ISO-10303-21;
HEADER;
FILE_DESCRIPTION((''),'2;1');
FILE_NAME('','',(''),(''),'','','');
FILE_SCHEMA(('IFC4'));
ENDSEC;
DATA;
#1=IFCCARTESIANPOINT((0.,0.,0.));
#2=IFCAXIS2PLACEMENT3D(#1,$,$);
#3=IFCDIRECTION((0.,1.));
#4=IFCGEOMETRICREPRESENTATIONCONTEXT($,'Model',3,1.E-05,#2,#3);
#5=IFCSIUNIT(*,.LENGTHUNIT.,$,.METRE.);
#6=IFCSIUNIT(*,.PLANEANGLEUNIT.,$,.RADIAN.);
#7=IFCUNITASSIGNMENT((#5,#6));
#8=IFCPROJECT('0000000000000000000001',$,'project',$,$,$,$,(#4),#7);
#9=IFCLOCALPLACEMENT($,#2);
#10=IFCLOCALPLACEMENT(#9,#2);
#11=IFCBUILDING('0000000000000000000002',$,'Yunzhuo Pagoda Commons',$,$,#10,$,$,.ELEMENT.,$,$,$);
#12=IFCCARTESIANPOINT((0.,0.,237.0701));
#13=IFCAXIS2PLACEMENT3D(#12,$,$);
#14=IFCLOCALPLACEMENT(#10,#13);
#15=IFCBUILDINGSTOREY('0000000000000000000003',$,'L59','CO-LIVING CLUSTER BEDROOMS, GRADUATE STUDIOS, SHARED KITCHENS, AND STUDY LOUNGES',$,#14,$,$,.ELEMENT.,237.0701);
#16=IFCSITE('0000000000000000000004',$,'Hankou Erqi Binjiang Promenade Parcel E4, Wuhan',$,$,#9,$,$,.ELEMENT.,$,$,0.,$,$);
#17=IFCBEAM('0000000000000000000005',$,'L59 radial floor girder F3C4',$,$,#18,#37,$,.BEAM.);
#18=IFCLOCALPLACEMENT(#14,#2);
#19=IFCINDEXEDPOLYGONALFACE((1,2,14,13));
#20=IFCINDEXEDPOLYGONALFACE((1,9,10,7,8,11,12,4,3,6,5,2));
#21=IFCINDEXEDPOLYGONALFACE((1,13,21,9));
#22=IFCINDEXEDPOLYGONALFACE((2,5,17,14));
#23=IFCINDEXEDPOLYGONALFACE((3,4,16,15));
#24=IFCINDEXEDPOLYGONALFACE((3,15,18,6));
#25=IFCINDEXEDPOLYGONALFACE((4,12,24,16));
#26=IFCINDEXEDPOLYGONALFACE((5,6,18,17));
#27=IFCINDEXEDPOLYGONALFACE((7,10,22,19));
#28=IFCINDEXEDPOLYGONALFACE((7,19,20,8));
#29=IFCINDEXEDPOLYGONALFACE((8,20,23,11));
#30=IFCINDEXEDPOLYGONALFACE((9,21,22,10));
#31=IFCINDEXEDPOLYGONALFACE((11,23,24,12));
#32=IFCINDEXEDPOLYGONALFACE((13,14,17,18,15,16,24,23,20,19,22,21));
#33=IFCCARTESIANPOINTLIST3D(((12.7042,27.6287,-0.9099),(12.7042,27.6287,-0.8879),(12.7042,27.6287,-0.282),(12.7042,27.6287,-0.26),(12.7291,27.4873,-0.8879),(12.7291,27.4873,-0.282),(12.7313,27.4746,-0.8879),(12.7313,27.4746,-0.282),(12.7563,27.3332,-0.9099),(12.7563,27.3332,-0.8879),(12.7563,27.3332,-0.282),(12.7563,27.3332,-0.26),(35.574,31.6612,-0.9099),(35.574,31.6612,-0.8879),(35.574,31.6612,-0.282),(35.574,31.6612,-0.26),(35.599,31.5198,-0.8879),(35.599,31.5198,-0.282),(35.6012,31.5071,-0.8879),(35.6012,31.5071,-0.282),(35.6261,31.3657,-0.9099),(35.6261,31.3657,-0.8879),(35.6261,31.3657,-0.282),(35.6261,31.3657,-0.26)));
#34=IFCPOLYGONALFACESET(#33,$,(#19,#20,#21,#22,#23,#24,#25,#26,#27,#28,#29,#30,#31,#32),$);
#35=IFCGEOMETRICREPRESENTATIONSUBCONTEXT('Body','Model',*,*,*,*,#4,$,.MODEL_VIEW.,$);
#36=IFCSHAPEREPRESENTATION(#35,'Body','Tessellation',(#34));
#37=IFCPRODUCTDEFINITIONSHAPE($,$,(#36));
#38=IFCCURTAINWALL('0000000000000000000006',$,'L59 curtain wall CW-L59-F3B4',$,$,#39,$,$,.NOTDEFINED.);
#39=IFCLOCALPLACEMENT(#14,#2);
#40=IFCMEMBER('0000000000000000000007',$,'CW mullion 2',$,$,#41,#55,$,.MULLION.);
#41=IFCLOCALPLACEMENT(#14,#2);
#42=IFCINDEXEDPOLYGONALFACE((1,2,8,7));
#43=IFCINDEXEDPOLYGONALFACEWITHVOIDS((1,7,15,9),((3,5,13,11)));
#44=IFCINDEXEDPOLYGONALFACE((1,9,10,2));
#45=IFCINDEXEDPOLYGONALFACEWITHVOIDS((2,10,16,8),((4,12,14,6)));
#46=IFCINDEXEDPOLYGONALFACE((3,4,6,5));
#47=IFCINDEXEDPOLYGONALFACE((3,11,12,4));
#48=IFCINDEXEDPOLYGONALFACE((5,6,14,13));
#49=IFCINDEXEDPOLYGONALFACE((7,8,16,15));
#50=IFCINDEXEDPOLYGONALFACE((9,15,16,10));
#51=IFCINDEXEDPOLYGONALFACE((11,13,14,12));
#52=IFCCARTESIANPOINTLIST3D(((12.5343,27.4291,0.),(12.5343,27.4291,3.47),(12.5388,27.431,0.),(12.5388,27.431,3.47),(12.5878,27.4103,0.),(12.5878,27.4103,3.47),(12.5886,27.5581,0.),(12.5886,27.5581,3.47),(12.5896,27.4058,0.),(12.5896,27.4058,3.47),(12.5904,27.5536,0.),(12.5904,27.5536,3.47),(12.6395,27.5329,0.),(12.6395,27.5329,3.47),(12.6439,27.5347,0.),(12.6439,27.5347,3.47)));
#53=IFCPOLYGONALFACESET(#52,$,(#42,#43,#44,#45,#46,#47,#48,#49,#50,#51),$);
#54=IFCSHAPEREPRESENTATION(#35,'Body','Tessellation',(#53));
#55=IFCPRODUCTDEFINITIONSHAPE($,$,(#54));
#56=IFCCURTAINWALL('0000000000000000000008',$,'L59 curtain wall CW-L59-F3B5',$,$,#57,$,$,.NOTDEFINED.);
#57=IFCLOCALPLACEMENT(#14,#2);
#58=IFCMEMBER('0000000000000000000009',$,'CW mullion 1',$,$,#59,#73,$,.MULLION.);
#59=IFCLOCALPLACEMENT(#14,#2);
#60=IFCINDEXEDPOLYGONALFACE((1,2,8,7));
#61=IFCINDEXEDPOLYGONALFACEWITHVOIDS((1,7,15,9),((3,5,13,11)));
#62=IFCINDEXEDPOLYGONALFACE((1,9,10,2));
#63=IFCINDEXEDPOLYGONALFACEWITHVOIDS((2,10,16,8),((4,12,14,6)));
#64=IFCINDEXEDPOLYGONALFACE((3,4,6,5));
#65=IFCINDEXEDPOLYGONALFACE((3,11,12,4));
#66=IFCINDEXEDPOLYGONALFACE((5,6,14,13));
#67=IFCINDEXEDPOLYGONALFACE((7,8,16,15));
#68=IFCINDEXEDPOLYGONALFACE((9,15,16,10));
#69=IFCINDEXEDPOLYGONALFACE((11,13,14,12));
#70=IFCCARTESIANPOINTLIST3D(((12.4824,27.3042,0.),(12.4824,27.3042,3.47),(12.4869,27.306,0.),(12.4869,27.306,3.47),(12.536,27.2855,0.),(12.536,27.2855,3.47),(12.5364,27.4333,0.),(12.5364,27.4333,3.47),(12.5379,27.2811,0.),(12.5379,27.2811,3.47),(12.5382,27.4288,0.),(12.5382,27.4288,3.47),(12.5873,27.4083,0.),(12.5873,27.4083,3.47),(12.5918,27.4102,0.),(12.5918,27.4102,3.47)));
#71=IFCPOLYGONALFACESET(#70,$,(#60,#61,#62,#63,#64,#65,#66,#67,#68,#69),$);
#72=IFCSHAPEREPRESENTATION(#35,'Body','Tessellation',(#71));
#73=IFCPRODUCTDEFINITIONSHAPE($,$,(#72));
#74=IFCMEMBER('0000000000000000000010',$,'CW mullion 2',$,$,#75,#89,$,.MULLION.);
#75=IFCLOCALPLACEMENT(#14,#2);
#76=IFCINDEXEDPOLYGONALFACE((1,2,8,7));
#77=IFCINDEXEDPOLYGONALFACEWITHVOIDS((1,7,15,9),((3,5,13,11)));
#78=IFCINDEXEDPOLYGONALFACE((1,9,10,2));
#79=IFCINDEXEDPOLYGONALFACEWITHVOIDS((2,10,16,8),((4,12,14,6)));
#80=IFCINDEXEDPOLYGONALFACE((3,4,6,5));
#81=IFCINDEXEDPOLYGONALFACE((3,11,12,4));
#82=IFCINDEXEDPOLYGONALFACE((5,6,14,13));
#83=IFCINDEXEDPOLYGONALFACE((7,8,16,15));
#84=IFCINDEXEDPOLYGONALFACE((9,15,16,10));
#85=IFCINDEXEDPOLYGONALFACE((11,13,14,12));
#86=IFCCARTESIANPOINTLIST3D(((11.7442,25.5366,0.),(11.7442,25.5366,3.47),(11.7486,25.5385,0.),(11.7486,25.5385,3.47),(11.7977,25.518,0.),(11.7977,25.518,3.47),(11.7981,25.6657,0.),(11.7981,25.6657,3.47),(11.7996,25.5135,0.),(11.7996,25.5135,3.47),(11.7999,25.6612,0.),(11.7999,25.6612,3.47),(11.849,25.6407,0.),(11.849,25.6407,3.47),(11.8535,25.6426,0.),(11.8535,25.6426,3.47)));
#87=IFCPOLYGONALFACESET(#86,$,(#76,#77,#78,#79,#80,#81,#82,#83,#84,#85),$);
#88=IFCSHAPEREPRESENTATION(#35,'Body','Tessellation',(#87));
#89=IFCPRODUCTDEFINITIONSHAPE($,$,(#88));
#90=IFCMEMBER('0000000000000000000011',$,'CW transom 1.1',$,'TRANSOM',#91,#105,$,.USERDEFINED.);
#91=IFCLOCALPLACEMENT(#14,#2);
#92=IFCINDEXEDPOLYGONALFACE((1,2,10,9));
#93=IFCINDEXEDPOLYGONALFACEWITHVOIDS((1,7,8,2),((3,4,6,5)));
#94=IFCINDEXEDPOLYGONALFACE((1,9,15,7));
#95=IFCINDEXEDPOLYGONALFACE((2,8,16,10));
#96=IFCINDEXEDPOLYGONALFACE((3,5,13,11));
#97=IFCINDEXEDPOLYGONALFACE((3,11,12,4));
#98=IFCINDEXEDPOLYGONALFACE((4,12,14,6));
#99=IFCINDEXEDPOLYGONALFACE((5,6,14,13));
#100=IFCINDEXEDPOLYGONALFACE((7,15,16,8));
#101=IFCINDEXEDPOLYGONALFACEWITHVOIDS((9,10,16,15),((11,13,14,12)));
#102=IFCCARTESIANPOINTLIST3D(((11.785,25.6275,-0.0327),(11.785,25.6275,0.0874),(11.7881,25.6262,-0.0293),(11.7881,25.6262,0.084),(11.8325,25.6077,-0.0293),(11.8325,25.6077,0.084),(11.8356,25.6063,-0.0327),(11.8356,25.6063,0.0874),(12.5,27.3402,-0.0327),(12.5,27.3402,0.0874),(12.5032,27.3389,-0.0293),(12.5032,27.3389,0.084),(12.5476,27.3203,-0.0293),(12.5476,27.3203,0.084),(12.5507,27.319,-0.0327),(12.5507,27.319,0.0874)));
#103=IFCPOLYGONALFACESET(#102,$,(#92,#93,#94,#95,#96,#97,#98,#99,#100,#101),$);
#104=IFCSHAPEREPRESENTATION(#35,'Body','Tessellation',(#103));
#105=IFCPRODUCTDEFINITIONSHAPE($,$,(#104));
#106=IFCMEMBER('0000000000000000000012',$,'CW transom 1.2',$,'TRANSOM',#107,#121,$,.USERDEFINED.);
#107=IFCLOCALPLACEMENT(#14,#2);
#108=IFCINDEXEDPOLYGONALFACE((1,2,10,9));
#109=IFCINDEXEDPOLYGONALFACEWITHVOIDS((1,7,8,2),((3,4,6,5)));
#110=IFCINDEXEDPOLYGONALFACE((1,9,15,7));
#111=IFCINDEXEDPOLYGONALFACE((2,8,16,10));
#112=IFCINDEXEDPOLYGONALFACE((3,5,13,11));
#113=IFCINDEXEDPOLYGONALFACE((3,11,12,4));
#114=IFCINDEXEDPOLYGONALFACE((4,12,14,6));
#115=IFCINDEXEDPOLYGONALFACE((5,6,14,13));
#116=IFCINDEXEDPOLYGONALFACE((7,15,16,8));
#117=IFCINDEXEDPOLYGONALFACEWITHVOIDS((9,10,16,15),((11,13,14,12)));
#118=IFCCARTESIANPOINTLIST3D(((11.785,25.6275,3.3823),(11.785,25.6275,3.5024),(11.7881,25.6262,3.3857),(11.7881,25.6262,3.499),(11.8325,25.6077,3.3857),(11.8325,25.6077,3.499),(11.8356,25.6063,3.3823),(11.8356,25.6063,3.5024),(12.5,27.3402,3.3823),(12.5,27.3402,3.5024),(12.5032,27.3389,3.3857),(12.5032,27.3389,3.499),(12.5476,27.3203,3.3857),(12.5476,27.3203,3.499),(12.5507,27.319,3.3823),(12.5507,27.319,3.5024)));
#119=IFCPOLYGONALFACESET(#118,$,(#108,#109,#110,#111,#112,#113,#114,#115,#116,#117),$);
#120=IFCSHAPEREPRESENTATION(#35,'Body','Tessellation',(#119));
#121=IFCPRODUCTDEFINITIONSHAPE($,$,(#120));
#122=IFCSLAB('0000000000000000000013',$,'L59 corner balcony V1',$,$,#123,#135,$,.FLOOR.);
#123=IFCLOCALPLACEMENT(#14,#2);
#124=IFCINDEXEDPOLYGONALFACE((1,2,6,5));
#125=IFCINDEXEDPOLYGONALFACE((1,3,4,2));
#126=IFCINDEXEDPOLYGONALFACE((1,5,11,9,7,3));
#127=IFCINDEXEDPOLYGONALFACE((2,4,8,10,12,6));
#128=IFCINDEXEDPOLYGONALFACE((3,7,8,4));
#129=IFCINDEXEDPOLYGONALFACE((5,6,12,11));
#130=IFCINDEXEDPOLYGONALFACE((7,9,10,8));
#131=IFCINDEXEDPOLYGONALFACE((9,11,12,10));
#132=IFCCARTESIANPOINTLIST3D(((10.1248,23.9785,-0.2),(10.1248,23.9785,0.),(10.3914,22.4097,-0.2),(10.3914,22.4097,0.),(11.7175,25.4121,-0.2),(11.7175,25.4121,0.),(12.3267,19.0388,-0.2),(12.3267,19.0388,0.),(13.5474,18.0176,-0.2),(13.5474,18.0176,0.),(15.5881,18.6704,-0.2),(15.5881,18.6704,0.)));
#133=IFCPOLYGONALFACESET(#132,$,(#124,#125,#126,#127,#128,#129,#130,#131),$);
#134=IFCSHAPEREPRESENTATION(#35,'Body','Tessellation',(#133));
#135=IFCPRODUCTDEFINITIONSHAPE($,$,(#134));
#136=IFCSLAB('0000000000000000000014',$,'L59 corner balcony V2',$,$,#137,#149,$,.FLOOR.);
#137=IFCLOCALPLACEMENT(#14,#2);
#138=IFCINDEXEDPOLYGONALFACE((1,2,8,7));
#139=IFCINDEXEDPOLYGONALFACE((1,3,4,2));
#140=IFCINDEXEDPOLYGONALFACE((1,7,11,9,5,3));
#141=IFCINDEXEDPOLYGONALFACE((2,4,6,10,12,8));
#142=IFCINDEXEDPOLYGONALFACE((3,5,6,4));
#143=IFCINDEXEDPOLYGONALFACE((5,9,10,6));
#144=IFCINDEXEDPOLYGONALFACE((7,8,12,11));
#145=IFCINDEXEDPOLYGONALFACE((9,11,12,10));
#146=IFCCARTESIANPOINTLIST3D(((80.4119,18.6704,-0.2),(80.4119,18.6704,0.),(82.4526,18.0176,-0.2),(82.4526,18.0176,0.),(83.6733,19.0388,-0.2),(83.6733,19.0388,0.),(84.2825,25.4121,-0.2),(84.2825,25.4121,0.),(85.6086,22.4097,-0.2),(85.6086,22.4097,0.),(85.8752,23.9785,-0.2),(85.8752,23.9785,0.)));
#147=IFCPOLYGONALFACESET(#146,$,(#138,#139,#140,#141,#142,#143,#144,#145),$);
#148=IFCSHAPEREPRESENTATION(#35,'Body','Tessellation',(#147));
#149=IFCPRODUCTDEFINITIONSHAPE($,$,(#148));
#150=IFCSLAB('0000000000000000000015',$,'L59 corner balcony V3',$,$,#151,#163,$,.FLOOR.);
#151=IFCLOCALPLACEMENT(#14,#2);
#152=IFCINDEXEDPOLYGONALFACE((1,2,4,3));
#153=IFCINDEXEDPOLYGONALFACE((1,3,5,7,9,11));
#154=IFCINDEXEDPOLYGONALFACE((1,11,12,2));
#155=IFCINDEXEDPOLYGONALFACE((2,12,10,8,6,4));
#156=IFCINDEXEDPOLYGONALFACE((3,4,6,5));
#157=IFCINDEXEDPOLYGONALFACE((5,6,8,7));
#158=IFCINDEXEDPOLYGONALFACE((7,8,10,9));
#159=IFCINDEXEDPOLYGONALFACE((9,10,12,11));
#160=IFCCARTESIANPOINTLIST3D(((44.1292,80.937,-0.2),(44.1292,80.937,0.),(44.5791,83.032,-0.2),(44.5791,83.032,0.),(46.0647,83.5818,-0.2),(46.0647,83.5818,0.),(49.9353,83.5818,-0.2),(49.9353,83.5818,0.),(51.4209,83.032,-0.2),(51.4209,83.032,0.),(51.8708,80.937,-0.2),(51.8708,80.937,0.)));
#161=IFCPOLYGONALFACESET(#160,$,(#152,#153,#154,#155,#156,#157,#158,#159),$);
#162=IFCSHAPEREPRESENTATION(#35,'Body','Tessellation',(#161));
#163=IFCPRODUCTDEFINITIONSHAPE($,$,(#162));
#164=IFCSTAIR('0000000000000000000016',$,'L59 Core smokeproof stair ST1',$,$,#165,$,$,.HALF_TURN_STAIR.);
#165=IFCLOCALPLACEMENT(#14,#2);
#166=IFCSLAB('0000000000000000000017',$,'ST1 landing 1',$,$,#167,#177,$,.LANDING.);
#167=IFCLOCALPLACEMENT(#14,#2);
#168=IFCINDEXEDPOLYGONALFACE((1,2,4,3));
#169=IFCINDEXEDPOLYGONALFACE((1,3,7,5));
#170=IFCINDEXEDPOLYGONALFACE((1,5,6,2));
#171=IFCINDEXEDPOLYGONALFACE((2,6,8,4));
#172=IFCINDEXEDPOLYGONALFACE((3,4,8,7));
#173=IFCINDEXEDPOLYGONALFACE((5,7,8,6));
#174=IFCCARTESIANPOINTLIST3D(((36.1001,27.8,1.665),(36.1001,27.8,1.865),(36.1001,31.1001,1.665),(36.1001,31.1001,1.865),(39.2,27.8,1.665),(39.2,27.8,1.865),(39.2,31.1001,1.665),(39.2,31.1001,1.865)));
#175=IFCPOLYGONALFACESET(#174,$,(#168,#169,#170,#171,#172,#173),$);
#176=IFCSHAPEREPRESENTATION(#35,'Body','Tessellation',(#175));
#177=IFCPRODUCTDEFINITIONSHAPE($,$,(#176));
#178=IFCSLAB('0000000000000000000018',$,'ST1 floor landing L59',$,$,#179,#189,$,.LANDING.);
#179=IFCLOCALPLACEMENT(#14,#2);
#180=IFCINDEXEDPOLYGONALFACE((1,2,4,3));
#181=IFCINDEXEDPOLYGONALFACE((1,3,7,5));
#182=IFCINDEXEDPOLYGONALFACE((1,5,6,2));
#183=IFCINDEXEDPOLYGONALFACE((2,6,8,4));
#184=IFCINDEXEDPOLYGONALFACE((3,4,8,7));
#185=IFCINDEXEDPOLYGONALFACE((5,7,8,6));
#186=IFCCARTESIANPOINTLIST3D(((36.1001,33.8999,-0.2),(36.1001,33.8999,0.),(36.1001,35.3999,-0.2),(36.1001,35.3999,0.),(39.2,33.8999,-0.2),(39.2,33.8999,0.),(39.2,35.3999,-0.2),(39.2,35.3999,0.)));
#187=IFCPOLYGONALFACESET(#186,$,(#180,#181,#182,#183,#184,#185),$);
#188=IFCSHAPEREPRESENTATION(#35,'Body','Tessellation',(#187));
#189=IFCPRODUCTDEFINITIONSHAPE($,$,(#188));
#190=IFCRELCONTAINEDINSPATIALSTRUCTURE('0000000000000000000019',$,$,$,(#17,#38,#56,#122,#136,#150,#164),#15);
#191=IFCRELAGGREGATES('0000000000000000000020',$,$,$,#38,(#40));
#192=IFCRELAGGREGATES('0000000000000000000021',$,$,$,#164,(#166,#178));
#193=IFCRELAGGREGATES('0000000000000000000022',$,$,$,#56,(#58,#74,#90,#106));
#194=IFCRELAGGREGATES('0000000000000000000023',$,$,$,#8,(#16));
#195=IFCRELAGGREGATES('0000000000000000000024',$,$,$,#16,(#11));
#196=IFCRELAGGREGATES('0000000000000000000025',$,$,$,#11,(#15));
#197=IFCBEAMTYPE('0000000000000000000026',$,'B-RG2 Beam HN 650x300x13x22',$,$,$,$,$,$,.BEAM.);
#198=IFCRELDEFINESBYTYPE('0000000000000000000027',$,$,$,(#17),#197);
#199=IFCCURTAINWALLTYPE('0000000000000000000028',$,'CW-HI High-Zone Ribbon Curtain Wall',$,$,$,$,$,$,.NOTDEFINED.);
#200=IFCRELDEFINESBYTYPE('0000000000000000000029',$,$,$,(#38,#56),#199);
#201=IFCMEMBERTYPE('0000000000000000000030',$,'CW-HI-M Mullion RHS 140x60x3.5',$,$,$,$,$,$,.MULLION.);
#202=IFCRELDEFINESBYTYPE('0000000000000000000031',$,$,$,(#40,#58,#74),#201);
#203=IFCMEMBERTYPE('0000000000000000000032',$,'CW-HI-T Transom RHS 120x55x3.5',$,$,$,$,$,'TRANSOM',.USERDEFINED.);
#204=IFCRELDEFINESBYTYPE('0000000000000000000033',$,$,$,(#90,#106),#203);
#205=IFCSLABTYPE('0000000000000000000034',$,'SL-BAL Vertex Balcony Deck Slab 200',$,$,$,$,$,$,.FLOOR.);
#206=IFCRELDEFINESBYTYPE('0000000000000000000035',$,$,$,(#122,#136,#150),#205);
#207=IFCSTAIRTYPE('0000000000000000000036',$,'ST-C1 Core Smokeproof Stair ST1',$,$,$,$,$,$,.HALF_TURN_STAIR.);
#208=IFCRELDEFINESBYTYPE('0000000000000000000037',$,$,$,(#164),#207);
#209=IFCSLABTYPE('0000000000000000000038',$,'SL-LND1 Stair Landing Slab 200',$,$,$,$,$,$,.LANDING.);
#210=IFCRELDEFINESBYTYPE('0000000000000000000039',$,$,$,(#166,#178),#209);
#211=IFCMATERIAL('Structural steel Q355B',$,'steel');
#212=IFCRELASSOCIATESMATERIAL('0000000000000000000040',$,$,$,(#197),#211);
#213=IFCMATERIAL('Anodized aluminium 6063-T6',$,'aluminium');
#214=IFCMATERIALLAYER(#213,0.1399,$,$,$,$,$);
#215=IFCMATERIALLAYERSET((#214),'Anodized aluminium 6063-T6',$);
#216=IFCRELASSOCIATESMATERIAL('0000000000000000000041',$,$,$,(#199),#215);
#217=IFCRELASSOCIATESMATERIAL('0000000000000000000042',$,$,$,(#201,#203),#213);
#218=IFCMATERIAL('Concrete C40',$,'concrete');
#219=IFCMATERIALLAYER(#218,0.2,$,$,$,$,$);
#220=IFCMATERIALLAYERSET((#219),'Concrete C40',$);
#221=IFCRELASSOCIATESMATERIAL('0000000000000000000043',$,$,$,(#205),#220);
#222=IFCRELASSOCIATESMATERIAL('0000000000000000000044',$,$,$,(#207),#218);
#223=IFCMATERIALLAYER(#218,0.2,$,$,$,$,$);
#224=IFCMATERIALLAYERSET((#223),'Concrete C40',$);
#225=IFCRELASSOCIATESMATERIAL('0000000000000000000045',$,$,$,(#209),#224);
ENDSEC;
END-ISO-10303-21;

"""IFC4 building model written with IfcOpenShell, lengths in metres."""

from ifc_helpers import new_model, si_unit, direction, frame, origin, origin_2d, place, context, subcontext, project, spatial, polyline, hollow_rectangle, i_section, outline, extrude, source, transform, mapped, material, layer, layer_set, material_profile, profile_set, type_object, element, aggregate, save


model = new_model("IFC4")

# Units and contexts
model_context = context("Model", 3, precision=1e-05, world=origin(), true_north=direction((0.0, 1.0)))
body_context = subcontext(model_context, "Body", "Model", "MODEL_VIEW")
ifc_project = project(units=[si_unit("LENGTHUNIT", "METRE"), si_unit("PLANEANGLEUNIT", "RADIAN")], contexts=[model_context])

# Site, building, storey
site_placement = place(None, origin())
site = spatial("IfcSite", under=ifc_project, at=site_placement, Name="Hankou Erqi Binjiang Promenade Parcel E4, Wuhan", CompositionType="ELEMENT", RefElevation=0.0)
building_placement = place(site_placement, origin())
building = spatial("IfcBuilding", under=site, at=building_placement, Name="Yunzhuo Pagoda Commons", CompositionType="ELEMENT")
storey_placement = place(building_placement, frame((0.0, 0.0, 237.0701)))
storey = spatial("IfcBuildingStorey", under=building, at=storey_placement, Name="L59", Description="CO-LIVING CLUSTER BEDROOMS, GRADUATE STUDIOS, SHARED KITCHENS, AND STUDY LOUNGES", CompositionType="ELEMENT", Elevation=237.0701)

# Beam
ifc_material_1 = material(Name="Structural steel Q355B", Category="steel")
ifc_material_profile_1 = material_profile(ifc_material_1, i_section(OverallWidth=0.3, OverallDepth=0.6499, WebThickness=0.0129, FlangeThickness=0.022, at=origin_2d()), Name="Structural steel Q355B")
ifc_profile_set_1 = profile_set([ifc_material_profile_1], Name="Structural steel Q355B")
beam_type = type_object("IfcBeamType", Name="B-RG2 Beam HN 650x300x13x22", PredefinedType="BEAM", material=ifc_profile_set_1)
shared_shape_1 = source(origin(), body_context, "Body", "SweptSolid", [
    extrude(i_section(OverallWidth=0.3, OverallDepth=0.6499, WebThickness=0.0129, FlangeThickness=0.022, at=origin_2d()), origin(), (0.0, 0.0, 1.0), 23.2227),
])
beam_placement = place(storey_placement, frame((12.7302, 27.481, -0.585), z_axis=(0.984809, 0.173644, 0.0), x_axis=(-0.173644, 0.984809, 0.0)))
element("IfcBeam", 1, at=beam_placement, inside=storey, type_object=beam_type, Name="L59 radial floor girder F3C4", PredefinedType="BEAM", context=body_context, shape_type="MappedRepresentation", body=[
    mapped(shared_shape_1, transform((0.0, 0.0, 0.0), scale=1.0)),
])

# Curtain wall, member
ifc_material_2 = material(Name="Anodized aluminium 6063-T6", Category="aluminium")
ifc_layer_1 = layer(ifc_material_2, 0.1399)
ifc_layer_set_1 = layer_set([ifc_layer_1], Name="Anodized aluminium 6063-T6")
curtain_wall_type = type_object("IfcCurtainWallType", Name="CW-HI High-Zone Ribbon Curtain Wall", PredefinedType="NOTDEFINED", material=ifc_layer_set_1)
curtain_wall_1_placement = place(storey_placement, origin())
curtain_wall_1 = element("IfcCurtainWall", 2, at=curtain_wall_1_placement, inside=storey, type_object=curtain_wall_type, Name="L59 curtain wall CW-L59-F3B4", PredefinedType="NOTDEFINED")
ifc_material_profile_2 = material_profile(ifc_material_2, hollow_rectangle(XDim=0.0601, YDim=0.1399, WallThickness=0.0034, at=origin_2d()), Name="Anodized aluminium 6063-T6")
ifc_profile_set_2 = profile_set([ifc_material_profile_2], Name="Anodized aluminium 6063-T6")
member_type_1 = type_object("IfcMemberType", Name="CW-HI-M Mullion RHS 140x60x3.5", PredefinedType="MULLION", material=ifc_profile_set_2)
shared_shape_2 = source(origin(), body_context, "Body", "SweptSolid", [
    extrude(hollow_rectangle(XDim=0.0601, YDim=0.1399, WallThickness=0.0034, at=origin_2d()), origin(), (0.0, 0.0, 1.0), 3.47),
])
member_1_placement = place(storey_placement, frame((12.5891, 27.4819, 0.0), z_axis=(0.0, 0.0, 1.0), x_axis=(0.921589, -0.388167, 0.0)))
member_1 = element("IfcMember", 3, at=member_1_placement, type_object=member_type_1, Name="CW mullion 2", PredefinedType="MULLION", context=body_context, shape_type="MappedRepresentation", body=[
    mapped(shared_shape_2, transform((0.0, 0.0, 0.0), scale=1.0)),
])
aggregate(curtain_wall_1, [member_1])

# Curtain wall, members
curtain_wall_2_placement = place(storey_placement, origin())
curtain_wall_2 = element("IfcCurtainWall", 4, at=curtain_wall_2_placement, inside=storey, type_object=curtain_wall_type, Name="L59 curtain wall CW-L59-F3B5", PredefinedType="NOTDEFINED")
member_2_placement = place(storey_placement, frame((12.5371, 27.3572, 0.0), z_axis=(0.0, 0.0, 1.0), x_axis=(0.922773, -0.385345, 0.0)))
member_2 = element("IfcMember", 5, at=member_2_placement, type_object=member_type_1, Name="CW mullion 1", PredefinedType="MULLION", context=body_context, shape_type="MappedRepresentation", body=[
    mapped(shared_shape_2, transform((0.0, 0.0, 0.0), scale=1.0)),
])
member_3_placement = place(storey_placement, frame((11.7988, 25.5896, 0.0), z_axis=(0.0, 0.0, 1.0), x_axis=(0.922773, -0.385345, 0.0)))
member_3 = element("IfcMember", 6, at=member_3_placement, type_object=member_type_1, Name="CW mullion 2", PredefinedType="MULLION", context=body_context, shape_type="MappedRepresentation", body=[
    mapped(shared_shape_2, transform((0.0, 0.0, 0.0), scale=1.0)),
])
ifc_material_profile_3 = material_profile(ifc_material_2, hollow_rectangle(XDim=0.0549, YDim=0.1201, WallThickness=0.0034, at=origin_2d()), Name="Anodized aluminium 6063-T6")
ifc_profile_set_3 = profile_set([ifc_material_profile_3], Name="Anodized aluminium 6063-T6")
member_type_2 = type_object("IfcMemberType", Name="CW-HI-T Transom RHS 120x55x3.5", ElementType="TRANSOM", PredefinedType="USERDEFINED", material=ifc_profile_set_3)
shared_shape_3 = source(origin(), body_context, "Body", "SweptSolid", [
    extrude(hollow_rectangle(XDim=0.0549, YDim=0.1201, WallThickness=0.0034, at=origin_2d()), origin(), (0.0, 0.0, 1.0), 1.856),
])
member_4_placement = place(storey_placement, frame((12.5254, 27.3296, 0.0273), z_axis=(-0.385297, -0.922793, 0.0), x_axis=(0.922793, -0.385297, 0.0)))
member_4 = element("IfcMember", 7, at=member_4_placement, type_object=member_type_2, Name="CW transom 1.1", ObjectType="TRANSOM", PredefinedType="USERDEFINED", context=body_context, shape_type="MappedRepresentation", body=[
    mapped(shared_shape_3, transform((0.0, 0.0, 0.0), scale=1.0)),
])
member_5_placement = place(storey_placement, frame((12.5254, 27.3296, 3.4424), z_axis=(-0.385297, -0.922793, 0.0), x_axis=(0.922793, -0.385297, 0.0)))
member_5 = element("IfcMember", 8, at=member_5_placement, type_object=member_type_2, Name="CW transom 1.2", ObjectType="TRANSOM", PredefinedType="USERDEFINED", context=body_context, shape_type="MappedRepresentation", body=[
    mapped(shared_shape_3, transform((0.0, 0.0, 0.0), scale=1.0)),
])

# Slabs
ifc_material_3 = material(Name="Concrete C40", Category="concrete")
ifc_layer_2 = layer(ifc_material_3, 0.2)
ifc_layer_set_2 = layer_set([ifc_layer_2], Name="Concrete C40")
slab_type_1 = type_object("IfcSlabType", Name="SL-BAL Vertex Balcony Deck Slab 200", PredefinedType="FLOOR", material=ifc_layer_set_2)
slab_1_placement = place(storey_placement, frame((0.0, 0.0, -0.2)))
element("IfcSlab", 9, at=slab_1_placement, inside=storey, type_object=slab_type_1, Name="L59 corner balcony V1", PredefinedType="FLOOR", context=body_context, shape_type="SweptSolid", body=[
    extrude(outline(polyline([(11.7175, 25.4121), (15.5881, 18.6704), (13.5474, 18.0176), (12.3267, 19.0388), (10.3914, 22.4097), (10.1248, 23.9785), (11.7175, 25.4121)])), origin(), (0.0, 0.0, 1.0), 0.2),
])
slab_2_placement = place(storey_placement, frame((0.0, 0.0, -0.2)))
element("IfcSlab", 10, at=slab_2_placement, inside=storey, type_object=slab_type_1, Name="L59 corner balcony V2", PredefinedType="FLOOR", context=body_context, shape_type="SweptSolid", body=[
    extrude(outline(polyline([(80.4119, 18.6704), (84.2825, 25.4121), (85.8752, 23.9785), (85.6086, 22.4097), (83.6733, 19.0388), (82.4526, 18.0176), (80.4119, 18.6704)])), origin(), (0.0, 0.0, 1.0), 0.2),
])
slab_3_placement = place(storey_placement, frame((0.0, 0.0, -0.2)))
element("IfcSlab", 11, at=slab_3_placement, inside=storey, type_object=slab_type_1, Name="L59 corner balcony V3", PredefinedType="FLOOR", context=body_context, shape_type="SweptSolid", body=[
    extrude(outline(polyline([(51.8708, 80.937), (44.1292, 80.937), (44.5791, 83.032), (46.0647, 83.5818), (49.9353, 83.5818), (51.4209, 83.032), (51.8708, 80.937)])), origin(), (0.0, 0.0, 1.0), 0.2),
])

# Stair, slabs
stair_type_1 = type_object("IfcStairType", Name="ST-C1 Core Smokeproof Stair ST1", PredefinedType="HALF_TURN_STAIR", material=ifc_material_3)
stair_1_placement = place(storey_placement, origin())
stair_1 = element("IfcStair", 12, at=stair_1_placement, inside=storey, type_object=stair_type_1, Name="L59 Core smokeproof stair ST1", PredefinedType="HALF_TURN_STAIR")
ifc_layer_3 = layer(ifc_material_3, 0.2)
ifc_layer_set_3 = layer_set([ifc_layer_3], Name="Concrete C40")
slab_type_2 = type_object("IfcSlabType", Name="SL-LND1 Stair Landing Slab 200", PredefinedType="LANDING", material=ifc_layer_set_3)
slab_4_placement = place(storey_placement, frame((0.0, 0.0, 1.665)))
slab_4 = element("IfcSlab", 13, at=slab_4_placement, type_object=slab_type_2, Name="ST1 landing 1", PredefinedType="LANDING", context=body_context, shape_type="SweptSolid", body=[
    extrude(outline(polyline([(36.1001, 31.1001), (36.1001, 27.8), (39.2, 27.8), (39.2, 31.1001), (36.1001, 31.1001)])), origin(), (0.0, 0.0, 1.0), 0.2),
])
slab_5_placement = place(storey_placement, frame((0.0, 0.0, -0.2)))
slab_5 = element("IfcSlab", 14, at=slab_5_placement, type_object=slab_type_2, Name="ST1 floor landing L59", PredefinedType="LANDING", context=body_context, shape_type="SweptSolid", body=[
    extrude(outline(polyline([(36.1001, 35.3999), (36.1001, 33.8999), (39.2, 33.8999), (39.2, 35.3999), (36.1001, 35.3999)])), origin(), (0.0, 0.0, 1.0), 0.2),
])
aggregate(stair_1, [slab_4, slab_5])

aggregate(curtain_wall_2, [member_2, member_3, member_4, member_5])

save(model, "model.ifc")
